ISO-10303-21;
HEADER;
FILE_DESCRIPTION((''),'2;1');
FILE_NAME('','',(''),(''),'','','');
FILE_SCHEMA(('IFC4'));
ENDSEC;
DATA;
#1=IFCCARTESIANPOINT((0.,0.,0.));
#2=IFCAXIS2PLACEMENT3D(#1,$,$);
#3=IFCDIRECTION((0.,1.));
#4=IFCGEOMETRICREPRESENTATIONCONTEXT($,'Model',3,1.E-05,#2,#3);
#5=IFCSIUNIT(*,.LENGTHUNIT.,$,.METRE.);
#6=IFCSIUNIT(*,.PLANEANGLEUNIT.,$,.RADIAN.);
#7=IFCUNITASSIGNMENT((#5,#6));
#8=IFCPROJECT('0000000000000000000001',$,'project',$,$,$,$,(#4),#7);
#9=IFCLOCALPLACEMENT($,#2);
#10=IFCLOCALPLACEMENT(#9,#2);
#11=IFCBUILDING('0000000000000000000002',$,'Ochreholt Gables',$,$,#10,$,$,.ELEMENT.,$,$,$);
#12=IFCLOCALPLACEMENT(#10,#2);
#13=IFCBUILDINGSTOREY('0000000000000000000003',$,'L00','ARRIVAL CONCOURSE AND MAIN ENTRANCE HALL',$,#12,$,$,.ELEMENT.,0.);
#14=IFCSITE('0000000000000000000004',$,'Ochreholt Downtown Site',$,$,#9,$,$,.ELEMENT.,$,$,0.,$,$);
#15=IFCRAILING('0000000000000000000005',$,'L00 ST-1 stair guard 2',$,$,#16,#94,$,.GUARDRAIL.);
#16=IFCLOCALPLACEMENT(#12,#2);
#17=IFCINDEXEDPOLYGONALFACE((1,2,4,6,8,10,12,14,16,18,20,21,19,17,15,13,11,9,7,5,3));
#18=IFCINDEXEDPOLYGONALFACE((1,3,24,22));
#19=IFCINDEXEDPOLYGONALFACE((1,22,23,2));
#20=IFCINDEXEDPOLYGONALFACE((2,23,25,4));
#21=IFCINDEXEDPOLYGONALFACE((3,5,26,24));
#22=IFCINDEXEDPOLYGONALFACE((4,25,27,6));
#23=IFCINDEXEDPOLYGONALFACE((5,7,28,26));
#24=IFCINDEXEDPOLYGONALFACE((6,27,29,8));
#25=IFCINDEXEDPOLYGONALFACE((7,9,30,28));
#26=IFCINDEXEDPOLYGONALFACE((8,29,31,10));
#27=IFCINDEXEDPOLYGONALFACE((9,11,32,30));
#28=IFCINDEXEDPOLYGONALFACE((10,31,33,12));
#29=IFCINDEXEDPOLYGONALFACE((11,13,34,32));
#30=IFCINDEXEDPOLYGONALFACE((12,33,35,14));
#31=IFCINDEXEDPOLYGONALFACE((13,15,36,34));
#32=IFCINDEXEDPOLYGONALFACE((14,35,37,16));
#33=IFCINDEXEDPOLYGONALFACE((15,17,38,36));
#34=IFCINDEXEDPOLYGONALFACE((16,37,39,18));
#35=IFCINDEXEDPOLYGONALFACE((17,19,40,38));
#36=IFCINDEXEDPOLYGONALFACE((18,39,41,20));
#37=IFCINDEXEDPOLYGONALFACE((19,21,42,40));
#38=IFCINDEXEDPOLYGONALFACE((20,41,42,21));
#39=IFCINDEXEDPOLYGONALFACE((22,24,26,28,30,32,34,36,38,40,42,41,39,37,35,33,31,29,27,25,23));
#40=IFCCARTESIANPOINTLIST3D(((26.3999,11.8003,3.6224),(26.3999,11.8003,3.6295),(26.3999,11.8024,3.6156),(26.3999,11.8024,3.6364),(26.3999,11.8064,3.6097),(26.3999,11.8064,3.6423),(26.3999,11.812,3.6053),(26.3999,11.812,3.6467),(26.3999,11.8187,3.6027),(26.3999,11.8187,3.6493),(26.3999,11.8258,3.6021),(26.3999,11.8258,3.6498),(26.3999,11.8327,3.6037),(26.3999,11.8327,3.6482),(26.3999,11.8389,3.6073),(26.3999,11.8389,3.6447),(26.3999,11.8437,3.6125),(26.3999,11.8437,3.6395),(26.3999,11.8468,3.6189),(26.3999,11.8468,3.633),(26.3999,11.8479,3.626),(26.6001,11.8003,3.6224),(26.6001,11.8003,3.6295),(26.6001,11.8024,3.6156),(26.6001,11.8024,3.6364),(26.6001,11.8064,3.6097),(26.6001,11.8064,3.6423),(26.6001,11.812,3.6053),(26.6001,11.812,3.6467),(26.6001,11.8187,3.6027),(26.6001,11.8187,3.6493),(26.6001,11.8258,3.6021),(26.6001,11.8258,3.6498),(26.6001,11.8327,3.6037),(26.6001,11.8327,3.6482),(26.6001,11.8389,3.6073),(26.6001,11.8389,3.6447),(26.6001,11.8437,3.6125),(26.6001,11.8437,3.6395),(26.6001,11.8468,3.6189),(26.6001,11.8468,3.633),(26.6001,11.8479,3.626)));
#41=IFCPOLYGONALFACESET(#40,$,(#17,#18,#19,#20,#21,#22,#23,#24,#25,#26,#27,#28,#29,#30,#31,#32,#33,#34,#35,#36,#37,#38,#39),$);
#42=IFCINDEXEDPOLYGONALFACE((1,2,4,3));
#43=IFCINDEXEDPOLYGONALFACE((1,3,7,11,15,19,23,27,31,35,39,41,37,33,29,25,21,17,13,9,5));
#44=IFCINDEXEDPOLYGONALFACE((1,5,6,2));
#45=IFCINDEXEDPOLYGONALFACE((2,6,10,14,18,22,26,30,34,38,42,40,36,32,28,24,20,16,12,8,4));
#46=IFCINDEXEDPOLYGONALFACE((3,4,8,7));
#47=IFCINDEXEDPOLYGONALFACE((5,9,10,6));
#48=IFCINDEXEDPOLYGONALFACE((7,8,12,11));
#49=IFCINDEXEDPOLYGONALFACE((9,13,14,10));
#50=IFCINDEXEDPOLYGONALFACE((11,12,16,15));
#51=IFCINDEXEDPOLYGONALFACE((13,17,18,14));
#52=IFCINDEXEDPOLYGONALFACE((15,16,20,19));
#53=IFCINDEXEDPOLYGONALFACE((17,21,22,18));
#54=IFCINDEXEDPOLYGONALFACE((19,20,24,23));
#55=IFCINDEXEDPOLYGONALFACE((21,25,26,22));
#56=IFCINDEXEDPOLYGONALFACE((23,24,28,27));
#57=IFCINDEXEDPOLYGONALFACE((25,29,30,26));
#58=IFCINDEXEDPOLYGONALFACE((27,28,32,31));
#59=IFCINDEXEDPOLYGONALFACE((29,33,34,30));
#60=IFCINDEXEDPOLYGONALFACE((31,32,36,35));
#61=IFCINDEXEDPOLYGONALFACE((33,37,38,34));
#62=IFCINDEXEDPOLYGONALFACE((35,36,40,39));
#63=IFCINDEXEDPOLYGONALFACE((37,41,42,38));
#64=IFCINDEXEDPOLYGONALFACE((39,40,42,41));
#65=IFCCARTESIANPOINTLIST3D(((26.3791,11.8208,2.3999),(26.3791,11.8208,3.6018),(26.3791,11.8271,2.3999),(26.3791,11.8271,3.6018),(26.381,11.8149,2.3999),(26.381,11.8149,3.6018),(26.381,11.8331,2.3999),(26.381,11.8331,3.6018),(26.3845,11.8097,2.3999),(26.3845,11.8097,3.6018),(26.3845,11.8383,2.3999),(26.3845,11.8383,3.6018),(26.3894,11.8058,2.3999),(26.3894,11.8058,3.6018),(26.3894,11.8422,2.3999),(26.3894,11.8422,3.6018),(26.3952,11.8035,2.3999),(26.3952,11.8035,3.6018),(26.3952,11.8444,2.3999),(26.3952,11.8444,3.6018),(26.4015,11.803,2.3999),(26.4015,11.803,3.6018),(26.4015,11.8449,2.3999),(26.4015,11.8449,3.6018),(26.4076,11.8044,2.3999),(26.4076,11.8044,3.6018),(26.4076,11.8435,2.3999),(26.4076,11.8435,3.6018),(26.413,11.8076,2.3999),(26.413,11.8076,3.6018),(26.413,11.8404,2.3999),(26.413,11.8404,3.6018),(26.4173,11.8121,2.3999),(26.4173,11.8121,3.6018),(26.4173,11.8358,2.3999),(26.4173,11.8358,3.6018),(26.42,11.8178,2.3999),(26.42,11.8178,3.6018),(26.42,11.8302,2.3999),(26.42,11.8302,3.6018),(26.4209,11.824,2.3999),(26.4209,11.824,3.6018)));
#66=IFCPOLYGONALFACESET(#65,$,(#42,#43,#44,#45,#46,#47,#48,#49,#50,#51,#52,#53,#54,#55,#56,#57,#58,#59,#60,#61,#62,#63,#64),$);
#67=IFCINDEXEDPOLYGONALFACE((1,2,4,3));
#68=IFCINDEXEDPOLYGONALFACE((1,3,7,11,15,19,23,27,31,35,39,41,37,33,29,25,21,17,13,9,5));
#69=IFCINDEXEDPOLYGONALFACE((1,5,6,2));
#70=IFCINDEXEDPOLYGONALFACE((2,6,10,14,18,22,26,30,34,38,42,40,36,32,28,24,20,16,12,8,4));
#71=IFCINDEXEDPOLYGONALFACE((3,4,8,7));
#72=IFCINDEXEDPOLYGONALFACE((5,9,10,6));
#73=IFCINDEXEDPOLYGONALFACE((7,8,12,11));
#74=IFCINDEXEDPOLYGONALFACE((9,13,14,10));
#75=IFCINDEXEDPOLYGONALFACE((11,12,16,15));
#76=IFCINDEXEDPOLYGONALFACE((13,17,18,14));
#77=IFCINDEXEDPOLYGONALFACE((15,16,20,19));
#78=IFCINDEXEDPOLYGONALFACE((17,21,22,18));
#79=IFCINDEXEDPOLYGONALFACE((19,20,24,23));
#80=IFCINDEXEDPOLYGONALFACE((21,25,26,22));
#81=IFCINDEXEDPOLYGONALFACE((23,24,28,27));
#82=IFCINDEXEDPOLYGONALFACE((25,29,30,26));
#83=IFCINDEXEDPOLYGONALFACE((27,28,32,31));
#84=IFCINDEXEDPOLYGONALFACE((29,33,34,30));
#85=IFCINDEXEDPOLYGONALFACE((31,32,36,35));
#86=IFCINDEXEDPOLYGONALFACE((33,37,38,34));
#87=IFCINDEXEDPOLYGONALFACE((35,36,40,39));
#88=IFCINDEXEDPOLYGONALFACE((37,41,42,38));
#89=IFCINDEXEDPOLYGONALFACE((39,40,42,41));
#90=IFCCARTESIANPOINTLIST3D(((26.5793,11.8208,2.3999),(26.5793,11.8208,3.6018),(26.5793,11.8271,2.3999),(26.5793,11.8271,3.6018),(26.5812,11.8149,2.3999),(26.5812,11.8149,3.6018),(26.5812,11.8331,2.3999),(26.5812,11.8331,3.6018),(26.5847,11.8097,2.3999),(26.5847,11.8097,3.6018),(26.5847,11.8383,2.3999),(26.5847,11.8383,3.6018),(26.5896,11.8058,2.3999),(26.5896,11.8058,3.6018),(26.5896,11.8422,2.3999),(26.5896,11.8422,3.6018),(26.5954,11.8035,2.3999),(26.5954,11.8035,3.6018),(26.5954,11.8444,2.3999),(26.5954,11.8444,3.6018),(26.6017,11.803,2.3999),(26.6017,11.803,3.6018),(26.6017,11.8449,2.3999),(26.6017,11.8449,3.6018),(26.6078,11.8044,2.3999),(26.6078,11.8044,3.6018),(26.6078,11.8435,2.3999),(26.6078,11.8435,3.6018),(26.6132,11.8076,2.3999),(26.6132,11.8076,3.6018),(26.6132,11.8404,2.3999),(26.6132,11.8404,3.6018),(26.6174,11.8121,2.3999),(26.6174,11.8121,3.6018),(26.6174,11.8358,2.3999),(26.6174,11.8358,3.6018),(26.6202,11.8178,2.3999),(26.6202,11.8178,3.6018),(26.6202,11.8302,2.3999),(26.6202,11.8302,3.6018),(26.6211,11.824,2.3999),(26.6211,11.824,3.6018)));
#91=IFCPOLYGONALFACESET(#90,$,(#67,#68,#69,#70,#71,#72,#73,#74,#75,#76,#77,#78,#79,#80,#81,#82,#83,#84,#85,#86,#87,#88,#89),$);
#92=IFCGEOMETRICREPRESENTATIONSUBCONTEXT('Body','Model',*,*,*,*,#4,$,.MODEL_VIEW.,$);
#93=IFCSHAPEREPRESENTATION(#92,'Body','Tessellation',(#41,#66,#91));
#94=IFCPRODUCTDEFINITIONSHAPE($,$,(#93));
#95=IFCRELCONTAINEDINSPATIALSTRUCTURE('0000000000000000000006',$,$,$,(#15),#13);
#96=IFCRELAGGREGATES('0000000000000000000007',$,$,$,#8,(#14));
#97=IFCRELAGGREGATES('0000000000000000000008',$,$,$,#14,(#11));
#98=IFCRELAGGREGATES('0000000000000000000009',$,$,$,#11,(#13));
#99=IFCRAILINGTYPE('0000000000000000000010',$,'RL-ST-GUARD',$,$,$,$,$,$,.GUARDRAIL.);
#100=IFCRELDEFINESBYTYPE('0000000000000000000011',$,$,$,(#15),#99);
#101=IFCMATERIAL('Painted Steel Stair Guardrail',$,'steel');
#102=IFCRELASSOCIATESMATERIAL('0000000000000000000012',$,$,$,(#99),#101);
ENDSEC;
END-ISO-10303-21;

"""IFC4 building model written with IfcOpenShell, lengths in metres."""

from ifc_helpers import new_model, si_unit, direction, frame, origin, origin_2d, place, context, subcontext, project, spatial, circle, extrude, material, type_object, element, save


model = new_model("IFC4")

# Units and contexts
model_context = context("Model", 3, precision=1e-05, world=origin(), true_north=direction((0.0, 1.0)))
body_context = subcontext(model_context, "Body", "Model", "MODEL_VIEW")
ifc_project = project(units=[si_unit("LENGTHUNIT", "METRE"), si_unit("PLANEANGLEUNIT", "RADIAN")], contexts=[model_context])

# Site, building, storey
site_placement = place(None, origin())
site = spatial("IfcSite", under=ifc_project, at=site_placement, Name="Ochreholt Downtown Site", CompositionType="ELEMENT", RefElevation=0.0)
building_placement = place(site_placement, origin())
building = spatial("IfcBuilding", under=site, at=building_placement, Name="Ochreholt Gables", CompositionType="ELEMENT")
storey_placement = place(building_placement, origin())
storey = spatial("IfcBuildingStorey", under=building, at=storey_placement, Name="L00", Description="ARRIVAL CONCOURSE AND MAIN ENTRANCE HALL", CompositionType="ELEMENT", Elevation=0.0)

# Railing
ifc_material_1 = material(Name="Painted Steel Stair Guardrail", Category="steel")
railing_type = type_object("IfcRailingType", Name="RL-ST-GUARD", PredefinedType="GUARDRAIL", material=ifc_material_1)
railing_placement = place(storey_placement, frame((26.3999, 11.824, 2.3999)))
element("IfcRailing", 1, at=railing_placement, inside=storey, type_object=railing_type, Name="L00 ST-1 stair guard 2", PredefinedType="GUARDRAIL", context=body_context, shape_type="SweptSolid", body=[
    extrude(circle(Radius=0.0239, at=origin_2d()), frame((0.0, 0.0, 1.2261), z_axis=(1.0, 0.0, 0.0), x_axis=(0.0, 1.0, 0.0)), (0.0, 0.0, 1.0), 0.2002),
    extrude(circle(Radius=0.021, at=origin_2d()), origin(), (0.0, 0.0, 1.0), 1.2019),
    extrude(circle(Radius=0.021, at=origin_2d()), frame((0.2002, 0.0, 0.0)), (0.0, 0.0, 1.0), 1.2019),
])

save(model, "model.ifc")
